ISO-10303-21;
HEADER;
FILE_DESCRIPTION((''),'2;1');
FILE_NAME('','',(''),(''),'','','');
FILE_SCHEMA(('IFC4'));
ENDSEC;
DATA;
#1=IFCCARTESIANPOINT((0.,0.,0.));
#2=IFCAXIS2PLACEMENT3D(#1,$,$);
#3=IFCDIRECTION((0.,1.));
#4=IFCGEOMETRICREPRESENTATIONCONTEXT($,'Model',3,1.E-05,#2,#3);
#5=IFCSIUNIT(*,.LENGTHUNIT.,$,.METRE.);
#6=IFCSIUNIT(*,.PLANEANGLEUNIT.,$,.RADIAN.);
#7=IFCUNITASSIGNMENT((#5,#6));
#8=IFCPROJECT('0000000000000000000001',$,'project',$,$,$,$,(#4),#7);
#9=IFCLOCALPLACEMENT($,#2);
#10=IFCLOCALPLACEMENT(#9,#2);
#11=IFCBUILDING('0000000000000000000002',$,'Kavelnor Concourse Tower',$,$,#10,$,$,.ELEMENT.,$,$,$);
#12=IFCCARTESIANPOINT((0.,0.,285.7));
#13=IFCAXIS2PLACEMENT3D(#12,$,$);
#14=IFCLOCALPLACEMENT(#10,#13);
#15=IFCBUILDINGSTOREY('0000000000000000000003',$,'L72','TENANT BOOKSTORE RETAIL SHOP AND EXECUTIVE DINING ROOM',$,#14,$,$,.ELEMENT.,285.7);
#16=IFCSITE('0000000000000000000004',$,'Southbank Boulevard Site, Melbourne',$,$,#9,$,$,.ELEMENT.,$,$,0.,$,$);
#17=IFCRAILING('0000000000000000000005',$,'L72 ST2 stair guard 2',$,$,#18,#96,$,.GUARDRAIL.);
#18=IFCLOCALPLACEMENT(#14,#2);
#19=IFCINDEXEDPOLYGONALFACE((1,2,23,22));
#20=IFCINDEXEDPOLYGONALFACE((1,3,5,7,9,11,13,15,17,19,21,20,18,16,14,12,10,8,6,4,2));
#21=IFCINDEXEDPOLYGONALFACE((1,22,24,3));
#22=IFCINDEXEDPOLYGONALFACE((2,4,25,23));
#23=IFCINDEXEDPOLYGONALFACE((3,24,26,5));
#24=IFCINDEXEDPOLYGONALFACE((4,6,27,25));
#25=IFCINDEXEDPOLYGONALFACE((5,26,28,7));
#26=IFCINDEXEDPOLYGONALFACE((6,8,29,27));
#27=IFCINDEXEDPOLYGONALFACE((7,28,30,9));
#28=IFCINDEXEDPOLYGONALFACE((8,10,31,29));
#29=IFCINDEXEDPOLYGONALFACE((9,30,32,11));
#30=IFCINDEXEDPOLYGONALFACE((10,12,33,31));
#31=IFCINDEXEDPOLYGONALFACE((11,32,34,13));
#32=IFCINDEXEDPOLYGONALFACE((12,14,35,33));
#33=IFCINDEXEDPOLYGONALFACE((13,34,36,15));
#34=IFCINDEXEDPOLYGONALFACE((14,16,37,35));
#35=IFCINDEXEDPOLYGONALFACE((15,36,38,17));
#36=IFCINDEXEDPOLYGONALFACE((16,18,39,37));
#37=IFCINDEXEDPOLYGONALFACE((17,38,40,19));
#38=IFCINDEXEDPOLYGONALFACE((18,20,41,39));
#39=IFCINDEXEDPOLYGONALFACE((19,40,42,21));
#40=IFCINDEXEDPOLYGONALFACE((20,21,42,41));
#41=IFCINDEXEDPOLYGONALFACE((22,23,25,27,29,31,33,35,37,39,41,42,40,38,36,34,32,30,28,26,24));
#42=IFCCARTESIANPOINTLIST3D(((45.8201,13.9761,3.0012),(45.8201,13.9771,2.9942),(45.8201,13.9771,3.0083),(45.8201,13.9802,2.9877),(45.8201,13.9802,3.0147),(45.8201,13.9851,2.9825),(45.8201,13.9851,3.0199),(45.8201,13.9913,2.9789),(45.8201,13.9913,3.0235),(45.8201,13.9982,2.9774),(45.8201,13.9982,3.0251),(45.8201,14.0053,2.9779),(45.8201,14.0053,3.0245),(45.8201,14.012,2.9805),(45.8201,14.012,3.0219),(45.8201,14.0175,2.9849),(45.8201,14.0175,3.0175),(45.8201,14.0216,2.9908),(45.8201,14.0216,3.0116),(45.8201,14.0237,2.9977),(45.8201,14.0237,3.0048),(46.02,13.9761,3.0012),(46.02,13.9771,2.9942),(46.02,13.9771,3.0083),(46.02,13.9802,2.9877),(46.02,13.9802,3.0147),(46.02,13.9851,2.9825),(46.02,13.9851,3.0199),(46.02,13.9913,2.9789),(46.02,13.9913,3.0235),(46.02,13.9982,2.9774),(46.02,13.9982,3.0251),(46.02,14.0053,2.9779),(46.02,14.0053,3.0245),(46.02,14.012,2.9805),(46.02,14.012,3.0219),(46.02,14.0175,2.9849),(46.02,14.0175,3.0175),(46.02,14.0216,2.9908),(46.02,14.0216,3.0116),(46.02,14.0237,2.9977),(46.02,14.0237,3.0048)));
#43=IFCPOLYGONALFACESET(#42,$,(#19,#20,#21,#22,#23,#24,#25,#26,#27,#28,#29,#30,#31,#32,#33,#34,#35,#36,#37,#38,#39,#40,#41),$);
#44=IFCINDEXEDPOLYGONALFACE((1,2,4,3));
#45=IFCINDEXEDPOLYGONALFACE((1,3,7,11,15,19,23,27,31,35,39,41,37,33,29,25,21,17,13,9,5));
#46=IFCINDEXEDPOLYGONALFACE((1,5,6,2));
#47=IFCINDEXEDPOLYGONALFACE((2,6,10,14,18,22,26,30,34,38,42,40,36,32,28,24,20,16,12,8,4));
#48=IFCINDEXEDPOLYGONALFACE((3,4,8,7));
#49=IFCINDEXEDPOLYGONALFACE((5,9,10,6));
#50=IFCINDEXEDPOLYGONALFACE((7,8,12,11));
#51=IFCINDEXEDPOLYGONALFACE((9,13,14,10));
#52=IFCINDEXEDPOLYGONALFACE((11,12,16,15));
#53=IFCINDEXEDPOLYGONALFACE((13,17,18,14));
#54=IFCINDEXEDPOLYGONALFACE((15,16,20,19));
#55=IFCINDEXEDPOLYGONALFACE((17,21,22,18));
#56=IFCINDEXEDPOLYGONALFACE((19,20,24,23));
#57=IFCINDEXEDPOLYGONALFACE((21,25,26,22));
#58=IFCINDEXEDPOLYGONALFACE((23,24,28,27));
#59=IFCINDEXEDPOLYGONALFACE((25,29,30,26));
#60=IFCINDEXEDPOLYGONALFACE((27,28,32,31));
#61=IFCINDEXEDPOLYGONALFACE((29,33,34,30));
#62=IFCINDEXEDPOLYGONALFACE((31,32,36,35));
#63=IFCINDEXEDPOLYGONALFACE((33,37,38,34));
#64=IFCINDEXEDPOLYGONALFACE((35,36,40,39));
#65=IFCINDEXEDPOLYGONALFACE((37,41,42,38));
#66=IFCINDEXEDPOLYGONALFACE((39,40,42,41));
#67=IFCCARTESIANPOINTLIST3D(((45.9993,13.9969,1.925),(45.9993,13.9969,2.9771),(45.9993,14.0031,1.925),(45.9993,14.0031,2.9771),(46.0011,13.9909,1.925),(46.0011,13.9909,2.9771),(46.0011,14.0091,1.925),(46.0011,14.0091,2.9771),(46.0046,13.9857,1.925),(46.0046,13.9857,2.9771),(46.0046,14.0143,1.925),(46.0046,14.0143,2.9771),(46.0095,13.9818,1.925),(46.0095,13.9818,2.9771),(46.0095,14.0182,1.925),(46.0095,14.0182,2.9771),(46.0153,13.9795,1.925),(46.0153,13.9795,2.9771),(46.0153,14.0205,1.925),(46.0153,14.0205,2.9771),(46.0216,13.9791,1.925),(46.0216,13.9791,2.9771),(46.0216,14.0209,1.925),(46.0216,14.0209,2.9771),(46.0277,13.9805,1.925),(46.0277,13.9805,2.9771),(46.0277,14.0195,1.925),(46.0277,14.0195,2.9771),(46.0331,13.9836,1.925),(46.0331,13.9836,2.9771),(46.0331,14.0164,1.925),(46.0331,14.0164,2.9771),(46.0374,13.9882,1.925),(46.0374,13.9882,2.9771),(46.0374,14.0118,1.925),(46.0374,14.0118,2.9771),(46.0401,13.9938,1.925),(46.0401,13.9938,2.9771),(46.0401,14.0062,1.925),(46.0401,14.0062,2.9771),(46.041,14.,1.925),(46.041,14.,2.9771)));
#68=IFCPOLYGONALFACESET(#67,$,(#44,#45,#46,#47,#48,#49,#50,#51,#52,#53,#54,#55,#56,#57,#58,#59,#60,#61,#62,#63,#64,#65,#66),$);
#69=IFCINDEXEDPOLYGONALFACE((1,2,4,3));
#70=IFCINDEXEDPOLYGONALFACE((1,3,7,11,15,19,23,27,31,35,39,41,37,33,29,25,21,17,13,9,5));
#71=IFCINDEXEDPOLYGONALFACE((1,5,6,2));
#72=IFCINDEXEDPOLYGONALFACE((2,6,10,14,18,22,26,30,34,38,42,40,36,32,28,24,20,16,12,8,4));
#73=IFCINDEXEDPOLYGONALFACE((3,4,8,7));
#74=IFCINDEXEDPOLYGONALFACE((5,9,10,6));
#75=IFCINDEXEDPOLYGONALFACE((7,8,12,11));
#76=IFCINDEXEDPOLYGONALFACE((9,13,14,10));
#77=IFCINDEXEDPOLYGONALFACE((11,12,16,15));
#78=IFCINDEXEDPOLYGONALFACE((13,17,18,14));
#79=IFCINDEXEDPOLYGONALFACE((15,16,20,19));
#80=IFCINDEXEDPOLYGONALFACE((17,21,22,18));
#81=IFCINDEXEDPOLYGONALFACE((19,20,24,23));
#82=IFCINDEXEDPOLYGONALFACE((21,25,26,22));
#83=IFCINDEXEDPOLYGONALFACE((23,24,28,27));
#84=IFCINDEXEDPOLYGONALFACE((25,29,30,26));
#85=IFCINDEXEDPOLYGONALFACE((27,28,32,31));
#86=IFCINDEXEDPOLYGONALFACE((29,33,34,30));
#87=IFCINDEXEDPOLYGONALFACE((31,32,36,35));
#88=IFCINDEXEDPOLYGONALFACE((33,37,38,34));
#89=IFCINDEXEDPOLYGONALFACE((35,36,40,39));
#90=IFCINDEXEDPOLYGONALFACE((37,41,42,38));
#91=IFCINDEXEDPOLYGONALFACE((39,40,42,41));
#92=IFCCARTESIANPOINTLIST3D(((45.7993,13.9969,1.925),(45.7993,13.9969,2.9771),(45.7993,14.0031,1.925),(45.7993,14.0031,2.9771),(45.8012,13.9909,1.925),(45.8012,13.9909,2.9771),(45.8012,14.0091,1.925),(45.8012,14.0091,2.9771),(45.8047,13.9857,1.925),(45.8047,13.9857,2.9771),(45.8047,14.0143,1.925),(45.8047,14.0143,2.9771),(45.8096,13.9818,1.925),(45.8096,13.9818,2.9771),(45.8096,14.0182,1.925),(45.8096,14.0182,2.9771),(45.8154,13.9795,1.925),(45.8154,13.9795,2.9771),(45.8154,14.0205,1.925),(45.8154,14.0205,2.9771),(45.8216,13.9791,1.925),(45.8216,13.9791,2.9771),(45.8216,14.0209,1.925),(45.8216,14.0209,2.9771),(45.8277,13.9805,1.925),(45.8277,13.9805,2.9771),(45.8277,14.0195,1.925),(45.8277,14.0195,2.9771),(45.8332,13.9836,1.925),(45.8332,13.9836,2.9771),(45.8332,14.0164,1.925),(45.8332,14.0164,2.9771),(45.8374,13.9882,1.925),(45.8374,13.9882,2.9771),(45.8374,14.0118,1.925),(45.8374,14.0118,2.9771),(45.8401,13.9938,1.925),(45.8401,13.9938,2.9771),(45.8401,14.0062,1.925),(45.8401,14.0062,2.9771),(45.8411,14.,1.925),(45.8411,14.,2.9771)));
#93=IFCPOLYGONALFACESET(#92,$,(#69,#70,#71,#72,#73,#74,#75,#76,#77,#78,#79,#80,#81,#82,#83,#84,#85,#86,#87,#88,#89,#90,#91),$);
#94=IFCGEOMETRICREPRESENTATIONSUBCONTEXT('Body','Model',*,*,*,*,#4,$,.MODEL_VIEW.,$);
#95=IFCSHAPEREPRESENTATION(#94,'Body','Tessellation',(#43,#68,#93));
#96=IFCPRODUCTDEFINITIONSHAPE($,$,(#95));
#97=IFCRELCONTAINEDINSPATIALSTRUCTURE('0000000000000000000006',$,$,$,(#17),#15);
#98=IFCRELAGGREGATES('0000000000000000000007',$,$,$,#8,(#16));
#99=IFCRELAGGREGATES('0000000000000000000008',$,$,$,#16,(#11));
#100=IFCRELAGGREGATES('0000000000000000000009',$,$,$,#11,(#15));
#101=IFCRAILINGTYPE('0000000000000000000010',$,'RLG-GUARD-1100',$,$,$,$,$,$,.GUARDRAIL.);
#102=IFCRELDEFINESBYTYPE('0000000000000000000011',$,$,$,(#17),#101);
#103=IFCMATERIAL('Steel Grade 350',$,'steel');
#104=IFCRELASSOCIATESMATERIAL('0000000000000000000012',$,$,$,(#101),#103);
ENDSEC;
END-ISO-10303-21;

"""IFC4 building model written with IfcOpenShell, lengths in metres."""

from ifc_helpers import new_model, si_unit, direction, frame, origin, origin_2d, place, context, subcontext, project, spatial, circle, extrude, material, type_object, element, save


model = new_model("IFC4")

# Units and contexts
model_context = context("Model", 3, precision=1e-05, world=origin(), true_north=direction((0.0, 1.0)))
body_context = subcontext(model_context, "Body", "Model", "MODEL_VIEW")
ifc_project = project(units=[si_unit("LENGTHUNIT", "METRE"), si_unit("PLANEANGLEUNIT", "RADIAN")], contexts=[model_context])

# Site, building, storey
site_placement = place(None, origin())
site = spatial("IfcSite", under=ifc_project, at=site_placement, Name="Southbank Boulevard Site, Melbourne", CompositionType="ELEMENT", RefElevation=0.0)
building_placement = place(site_placement, origin())
building = spatial("IfcBuilding", under=site, at=building_placement, Name="Kavelnor Concourse Tower", CompositionType="ELEMENT")
storey_placement = place(building_placement, frame((0.0, 0.0, 285.7)))
storey = spatial("IfcBuildingStorey", under=building, at=storey_placement, Name="L72", Description="TENANT BOOKSTORE RETAIL SHOP AND EXECUTIVE DINING ROOM", CompositionType="ELEMENT", Elevation=285.7)

# Shared definitions
ifc_material_1 = material(Name="Steel Grade 350", Category="steel")

# Railing
railing_type_1 = type_object("IfcRailingType", Name="RLG-GUARD-1100", PredefinedType="GUARDRAIL", material=ifc_material_1)
railing_1_placement = place(storey_placement, frame((46.02, 14.0, 1.925)))
element("IfcRailing", 1, at=railing_1_placement, inside=storey, type_object=railing_type_1, Name="L72 ST2 stair guard 2", PredefinedType="GUARDRAIL", context=body_context, shape_type="SweptSolid", body=[
    extrude(circle(Radius=0.0239, at=origin_2d()), frame((0.0, 0.0, 1.0762), z_axis=(-1.0, 0.0, 0.0), x_axis=(0.0, -1.0, 0.0)), (0.0, 0.0, 1.0), 0.2),
    extrude(circle(Radius=0.021, at=origin_2d()), origin(), (0.0, 0.0, 1.0), 1.052),
    extrude(circle(Radius=0.021, at=origin_2d()), frame((-0.2, 0.0, 0.0)), (0.0, 0.0, 1.0), 1.052),
])

save(model, "model.ifc")
